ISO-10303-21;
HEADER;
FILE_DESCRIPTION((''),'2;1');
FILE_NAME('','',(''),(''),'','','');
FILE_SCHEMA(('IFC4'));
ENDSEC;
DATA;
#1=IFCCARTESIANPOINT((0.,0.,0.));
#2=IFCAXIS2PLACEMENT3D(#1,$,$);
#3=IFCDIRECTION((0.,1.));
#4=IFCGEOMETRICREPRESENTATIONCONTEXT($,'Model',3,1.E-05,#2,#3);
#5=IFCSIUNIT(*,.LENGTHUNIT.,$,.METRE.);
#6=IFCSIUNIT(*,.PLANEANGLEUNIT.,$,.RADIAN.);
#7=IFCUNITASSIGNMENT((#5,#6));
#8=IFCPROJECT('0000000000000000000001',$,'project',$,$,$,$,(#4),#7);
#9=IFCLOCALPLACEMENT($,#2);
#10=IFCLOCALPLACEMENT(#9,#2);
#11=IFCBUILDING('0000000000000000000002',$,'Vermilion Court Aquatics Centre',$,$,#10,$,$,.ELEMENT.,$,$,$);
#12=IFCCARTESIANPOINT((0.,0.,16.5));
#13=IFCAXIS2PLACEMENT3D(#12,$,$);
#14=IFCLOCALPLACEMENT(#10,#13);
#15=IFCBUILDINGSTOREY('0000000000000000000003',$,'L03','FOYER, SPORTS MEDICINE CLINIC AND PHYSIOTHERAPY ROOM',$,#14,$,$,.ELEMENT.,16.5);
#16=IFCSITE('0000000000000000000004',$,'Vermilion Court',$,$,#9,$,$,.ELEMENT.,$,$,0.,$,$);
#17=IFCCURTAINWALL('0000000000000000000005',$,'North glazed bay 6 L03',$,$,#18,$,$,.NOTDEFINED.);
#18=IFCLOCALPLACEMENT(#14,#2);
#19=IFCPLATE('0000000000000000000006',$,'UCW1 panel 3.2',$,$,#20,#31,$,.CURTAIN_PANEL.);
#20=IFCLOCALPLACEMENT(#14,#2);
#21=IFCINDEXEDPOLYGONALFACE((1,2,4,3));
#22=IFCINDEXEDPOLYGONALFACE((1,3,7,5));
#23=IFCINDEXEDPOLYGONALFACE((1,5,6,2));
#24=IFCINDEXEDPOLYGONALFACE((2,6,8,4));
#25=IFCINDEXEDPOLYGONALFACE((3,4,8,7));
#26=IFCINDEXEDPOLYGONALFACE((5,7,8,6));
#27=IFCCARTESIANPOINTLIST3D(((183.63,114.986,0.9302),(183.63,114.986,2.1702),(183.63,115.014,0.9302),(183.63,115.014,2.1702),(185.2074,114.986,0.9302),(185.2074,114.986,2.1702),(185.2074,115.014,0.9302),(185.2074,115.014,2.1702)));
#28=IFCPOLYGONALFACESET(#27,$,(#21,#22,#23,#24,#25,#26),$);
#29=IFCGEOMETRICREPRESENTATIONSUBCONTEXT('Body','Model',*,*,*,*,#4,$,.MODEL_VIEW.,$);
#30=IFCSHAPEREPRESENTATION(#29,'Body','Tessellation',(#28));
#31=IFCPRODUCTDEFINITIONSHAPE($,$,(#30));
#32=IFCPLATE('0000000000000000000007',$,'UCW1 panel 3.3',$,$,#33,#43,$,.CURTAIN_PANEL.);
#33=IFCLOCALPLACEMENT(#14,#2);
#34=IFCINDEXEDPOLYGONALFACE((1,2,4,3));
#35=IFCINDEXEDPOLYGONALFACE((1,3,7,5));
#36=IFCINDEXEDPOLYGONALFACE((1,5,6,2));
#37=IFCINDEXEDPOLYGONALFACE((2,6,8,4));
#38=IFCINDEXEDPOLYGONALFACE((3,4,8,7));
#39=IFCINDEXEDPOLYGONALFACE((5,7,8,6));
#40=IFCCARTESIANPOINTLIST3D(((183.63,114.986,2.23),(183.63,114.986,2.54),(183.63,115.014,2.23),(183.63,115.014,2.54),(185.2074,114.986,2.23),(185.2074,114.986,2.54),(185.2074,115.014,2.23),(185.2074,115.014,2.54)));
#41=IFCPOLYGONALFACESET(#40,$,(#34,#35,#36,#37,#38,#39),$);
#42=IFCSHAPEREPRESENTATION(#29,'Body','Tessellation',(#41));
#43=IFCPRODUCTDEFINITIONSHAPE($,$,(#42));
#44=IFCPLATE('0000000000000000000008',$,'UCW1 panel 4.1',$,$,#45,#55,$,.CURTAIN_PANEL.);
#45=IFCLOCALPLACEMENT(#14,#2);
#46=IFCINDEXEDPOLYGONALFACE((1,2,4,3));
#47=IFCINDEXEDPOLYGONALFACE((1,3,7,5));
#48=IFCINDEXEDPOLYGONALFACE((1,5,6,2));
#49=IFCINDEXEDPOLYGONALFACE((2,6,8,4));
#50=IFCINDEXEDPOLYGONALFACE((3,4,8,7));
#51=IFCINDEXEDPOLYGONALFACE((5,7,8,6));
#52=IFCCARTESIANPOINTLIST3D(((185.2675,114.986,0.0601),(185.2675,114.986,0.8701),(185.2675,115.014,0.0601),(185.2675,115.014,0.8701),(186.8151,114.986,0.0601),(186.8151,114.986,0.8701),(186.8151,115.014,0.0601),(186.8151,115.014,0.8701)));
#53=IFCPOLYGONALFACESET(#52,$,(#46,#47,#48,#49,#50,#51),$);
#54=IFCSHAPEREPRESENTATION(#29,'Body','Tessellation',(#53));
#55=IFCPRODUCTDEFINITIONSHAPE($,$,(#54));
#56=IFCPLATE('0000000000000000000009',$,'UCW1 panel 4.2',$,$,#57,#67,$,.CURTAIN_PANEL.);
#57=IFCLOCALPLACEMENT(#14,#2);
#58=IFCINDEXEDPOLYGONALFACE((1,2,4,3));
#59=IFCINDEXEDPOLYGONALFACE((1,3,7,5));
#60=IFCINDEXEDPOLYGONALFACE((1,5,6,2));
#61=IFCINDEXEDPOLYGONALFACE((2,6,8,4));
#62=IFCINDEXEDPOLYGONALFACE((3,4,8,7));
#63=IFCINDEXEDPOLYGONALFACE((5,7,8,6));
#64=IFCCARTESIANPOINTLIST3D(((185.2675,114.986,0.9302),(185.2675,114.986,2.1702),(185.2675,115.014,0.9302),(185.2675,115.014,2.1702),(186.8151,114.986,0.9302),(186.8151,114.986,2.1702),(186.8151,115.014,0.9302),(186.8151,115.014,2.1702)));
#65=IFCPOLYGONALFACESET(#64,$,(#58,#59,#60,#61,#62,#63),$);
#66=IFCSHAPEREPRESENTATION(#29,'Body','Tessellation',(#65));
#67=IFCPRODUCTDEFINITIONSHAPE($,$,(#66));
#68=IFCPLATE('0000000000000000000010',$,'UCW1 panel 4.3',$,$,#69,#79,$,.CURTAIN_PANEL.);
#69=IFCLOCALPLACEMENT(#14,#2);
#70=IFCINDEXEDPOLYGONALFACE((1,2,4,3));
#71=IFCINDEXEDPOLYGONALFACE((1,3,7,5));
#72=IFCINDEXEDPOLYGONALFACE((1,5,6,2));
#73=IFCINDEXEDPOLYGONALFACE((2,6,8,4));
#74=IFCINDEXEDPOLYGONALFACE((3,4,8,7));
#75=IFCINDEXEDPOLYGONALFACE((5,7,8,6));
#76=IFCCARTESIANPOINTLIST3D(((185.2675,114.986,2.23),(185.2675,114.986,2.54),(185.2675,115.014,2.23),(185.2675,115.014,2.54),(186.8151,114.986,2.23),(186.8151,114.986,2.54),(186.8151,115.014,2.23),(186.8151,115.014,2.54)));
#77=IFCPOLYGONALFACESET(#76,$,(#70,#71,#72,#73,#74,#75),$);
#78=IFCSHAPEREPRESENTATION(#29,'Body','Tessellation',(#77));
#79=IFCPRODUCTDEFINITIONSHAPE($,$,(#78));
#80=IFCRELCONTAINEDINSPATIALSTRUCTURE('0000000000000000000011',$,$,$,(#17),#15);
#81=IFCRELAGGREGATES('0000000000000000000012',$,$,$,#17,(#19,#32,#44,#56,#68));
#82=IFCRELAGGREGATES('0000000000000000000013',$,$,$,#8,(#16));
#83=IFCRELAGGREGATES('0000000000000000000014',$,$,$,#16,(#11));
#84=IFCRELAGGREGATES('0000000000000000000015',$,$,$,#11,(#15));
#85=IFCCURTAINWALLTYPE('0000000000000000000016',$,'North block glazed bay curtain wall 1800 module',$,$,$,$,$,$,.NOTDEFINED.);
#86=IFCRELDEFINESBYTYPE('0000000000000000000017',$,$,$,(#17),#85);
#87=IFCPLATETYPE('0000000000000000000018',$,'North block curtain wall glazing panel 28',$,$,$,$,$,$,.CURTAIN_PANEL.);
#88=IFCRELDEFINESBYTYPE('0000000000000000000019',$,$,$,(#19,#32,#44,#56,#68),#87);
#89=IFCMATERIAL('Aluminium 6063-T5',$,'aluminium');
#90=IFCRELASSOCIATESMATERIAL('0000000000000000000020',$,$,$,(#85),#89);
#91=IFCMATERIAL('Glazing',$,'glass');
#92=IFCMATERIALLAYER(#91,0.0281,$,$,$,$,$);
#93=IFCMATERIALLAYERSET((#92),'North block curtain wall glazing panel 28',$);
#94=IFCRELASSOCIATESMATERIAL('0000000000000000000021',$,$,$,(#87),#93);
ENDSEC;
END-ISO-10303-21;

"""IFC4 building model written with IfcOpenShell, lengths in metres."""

from ifc_helpers import new_model, si_unit, direction, frame, origin, origin_2d, place, context, subcontext, project, spatial, rectangle, extrude, material, layer, layer_set, type_object, element, aggregate, save


model = new_model("IFC4")

# Units and contexts
model_context = context("Model", 3, precision=1e-05, world=origin(), true_north=direction((0.0, 1.0)))
body_context = subcontext(model_context, "Body", "Model", "MODEL_VIEW")
ifc_project = project(units=[si_unit("LENGTHUNIT", "METRE"), si_unit("PLANEANGLEUNIT", "RADIAN")], contexts=[model_context])

# Site, building, storey
site_placement = place(None, origin())
site = spatial("IfcSite", under=ifc_project, at=site_placement, Name="Vermilion Court", CompositionType="ELEMENT", RefElevation=0.0)
building_placement = place(site_placement, origin())
building = spatial("IfcBuilding", under=site, at=building_placement, Name="Vermilion Court Aquatics Centre", CompositionType="ELEMENT")
storey_placement = place(building_placement, frame((0.0, 0.0, 16.5)))
storey = spatial("IfcBuildingStorey", under=building, at=storey_placement, Name="L03", Description="FOYER, SPORTS MEDICINE CLINIC AND PHYSIOTHERAPY ROOM", CompositionType="ELEMENT", Elevation=16.5)

# Curtain wall
ifc_material_1 = material(Name="Aluminium 6063-T5", Category="aluminium")
curtain_wall_type = type_object("IfcCurtainWallType", Name="North block glazed bay curtain wall 1800 module", PredefinedType="NOTDEFINED", material=ifc_material_1)
curtain_wall_placement = place(storey_placement, origin())
curtain_wall = element("IfcCurtainWall", 1, at=curtain_wall_placement, inside=storey, type_object=curtain_wall_type, Name="North glazed bay 6 L03", PredefinedType="NOTDEFINED")

# Plates
ifc_material_2 = material(Name="Glazing", Category="glass")
ifc_layer = layer(ifc_material_2, 0.0281)
ifc_layer_set = layer_set([ifc_layer], Name="North block curtain wall glazing panel 28")
plate_type = type_object("IfcPlateType", Name="North block curtain wall glazing panel 28", PredefinedType="CURTAIN_PANEL", material=ifc_layer_set)
plate_1_placement = place(storey_placement, frame((184.4187, 115.0, 0.9302), z_axis=(0.0, 0.0, 1.0), x_axis=(1.0, 0.0, 0.0)))
plate_1 = element("IfcPlate", 2, at=plate_1_placement, type_object=plate_type, Name="UCW1 panel 3.2", PredefinedType="CURTAIN_PANEL", context=body_context, shape_type="SweptSolid", body=[
    extrude(rectangle(XDim=1.5774, YDim=0.0281, at=origin_2d()), origin(), (0.0, 0.0, 1.0), 1.24),
])
plate_2_placement = place(storey_placement, frame((184.4187, 115.0, 2.23), z_axis=(0.0, 0.0, 1.0), x_axis=(1.0, 0.0, 0.0)))
plate_2 = element("IfcPlate", 3, at=plate_2_placement, type_object=plate_type, Name="UCW1 panel 3.3", PredefinedType="CURTAIN_PANEL", context=body_context, shape_type="SweptSolid", body=[
    extrude(rectangle(XDim=1.5774, YDim=0.0281, at=origin_2d()), origin(), (0.0, 0.0, 1.0), 0.3101),
])
plate_3_placement = place(storey_placement, frame((186.0413, 115.0, 0.0601), z_axis=(0.0, 0.0, 1.0), x_axis=(1.0, 0.0, 0.0)))
plate_3 = element("IfcPlate", 4, at=plate_3_placement, type_object=plate_type, Name="UCW1 panel 4.1", PredefinedType="CURTAIN_PANEL", context=body_context, shape_type="SweptSolid", body=[
    extrude(rectangle(XDim=1.5476, YDim=0.0281, at=origin_2d()), origin(), (0.0, 0.0, 1.0), 0.8101),
])
plate_4_placement = place(storey_placement, frame((186.0413, 115.0, 0.9302), z_axis=(0.0, 0.0, 1.0), x_axis=(1.0, 0.0, 0.0)))
plate_4 = element("IfcPlate", 5, at=plate_4_placement, type_object=plate_type, Name="UCW1 panel 4.2", PredefinedType="CURTAIN_PANEL", context=body_context, shape_type="SweptSolid", body=[
    extrude(rectangle(XDim=1.5476, YDim=0.0281, at=origin_2d()), origin(), (0.0, 0.0, 1.0), 1.24),
])
plate_5_placement = place(storey_placement, frame((186.0413, 115.0, 2.23), z_axis=(0.0, 0.0, 1.0), x_axis=(1.0, 0.0, 0.0)))
plate_5 = element("IfcPlate", 6, at=plate_5_placement, type_object=plate_type, Name="UCW1 panel 4.3", PredefinedType="CURTAIN_PANEL", context=body_context, shape_type="SweptSolid", body=[
    extrude(rectangle(XDim=1.5476, YDim=0.0281, at=origin_2d()), origin(), (0.0, 0.0, 1.0), 0.3101),
])
aggregate(curtain_wall, [plate_1, plate_2, plate_3, plate_4, plate_5])

save(model, "model.ifc")
